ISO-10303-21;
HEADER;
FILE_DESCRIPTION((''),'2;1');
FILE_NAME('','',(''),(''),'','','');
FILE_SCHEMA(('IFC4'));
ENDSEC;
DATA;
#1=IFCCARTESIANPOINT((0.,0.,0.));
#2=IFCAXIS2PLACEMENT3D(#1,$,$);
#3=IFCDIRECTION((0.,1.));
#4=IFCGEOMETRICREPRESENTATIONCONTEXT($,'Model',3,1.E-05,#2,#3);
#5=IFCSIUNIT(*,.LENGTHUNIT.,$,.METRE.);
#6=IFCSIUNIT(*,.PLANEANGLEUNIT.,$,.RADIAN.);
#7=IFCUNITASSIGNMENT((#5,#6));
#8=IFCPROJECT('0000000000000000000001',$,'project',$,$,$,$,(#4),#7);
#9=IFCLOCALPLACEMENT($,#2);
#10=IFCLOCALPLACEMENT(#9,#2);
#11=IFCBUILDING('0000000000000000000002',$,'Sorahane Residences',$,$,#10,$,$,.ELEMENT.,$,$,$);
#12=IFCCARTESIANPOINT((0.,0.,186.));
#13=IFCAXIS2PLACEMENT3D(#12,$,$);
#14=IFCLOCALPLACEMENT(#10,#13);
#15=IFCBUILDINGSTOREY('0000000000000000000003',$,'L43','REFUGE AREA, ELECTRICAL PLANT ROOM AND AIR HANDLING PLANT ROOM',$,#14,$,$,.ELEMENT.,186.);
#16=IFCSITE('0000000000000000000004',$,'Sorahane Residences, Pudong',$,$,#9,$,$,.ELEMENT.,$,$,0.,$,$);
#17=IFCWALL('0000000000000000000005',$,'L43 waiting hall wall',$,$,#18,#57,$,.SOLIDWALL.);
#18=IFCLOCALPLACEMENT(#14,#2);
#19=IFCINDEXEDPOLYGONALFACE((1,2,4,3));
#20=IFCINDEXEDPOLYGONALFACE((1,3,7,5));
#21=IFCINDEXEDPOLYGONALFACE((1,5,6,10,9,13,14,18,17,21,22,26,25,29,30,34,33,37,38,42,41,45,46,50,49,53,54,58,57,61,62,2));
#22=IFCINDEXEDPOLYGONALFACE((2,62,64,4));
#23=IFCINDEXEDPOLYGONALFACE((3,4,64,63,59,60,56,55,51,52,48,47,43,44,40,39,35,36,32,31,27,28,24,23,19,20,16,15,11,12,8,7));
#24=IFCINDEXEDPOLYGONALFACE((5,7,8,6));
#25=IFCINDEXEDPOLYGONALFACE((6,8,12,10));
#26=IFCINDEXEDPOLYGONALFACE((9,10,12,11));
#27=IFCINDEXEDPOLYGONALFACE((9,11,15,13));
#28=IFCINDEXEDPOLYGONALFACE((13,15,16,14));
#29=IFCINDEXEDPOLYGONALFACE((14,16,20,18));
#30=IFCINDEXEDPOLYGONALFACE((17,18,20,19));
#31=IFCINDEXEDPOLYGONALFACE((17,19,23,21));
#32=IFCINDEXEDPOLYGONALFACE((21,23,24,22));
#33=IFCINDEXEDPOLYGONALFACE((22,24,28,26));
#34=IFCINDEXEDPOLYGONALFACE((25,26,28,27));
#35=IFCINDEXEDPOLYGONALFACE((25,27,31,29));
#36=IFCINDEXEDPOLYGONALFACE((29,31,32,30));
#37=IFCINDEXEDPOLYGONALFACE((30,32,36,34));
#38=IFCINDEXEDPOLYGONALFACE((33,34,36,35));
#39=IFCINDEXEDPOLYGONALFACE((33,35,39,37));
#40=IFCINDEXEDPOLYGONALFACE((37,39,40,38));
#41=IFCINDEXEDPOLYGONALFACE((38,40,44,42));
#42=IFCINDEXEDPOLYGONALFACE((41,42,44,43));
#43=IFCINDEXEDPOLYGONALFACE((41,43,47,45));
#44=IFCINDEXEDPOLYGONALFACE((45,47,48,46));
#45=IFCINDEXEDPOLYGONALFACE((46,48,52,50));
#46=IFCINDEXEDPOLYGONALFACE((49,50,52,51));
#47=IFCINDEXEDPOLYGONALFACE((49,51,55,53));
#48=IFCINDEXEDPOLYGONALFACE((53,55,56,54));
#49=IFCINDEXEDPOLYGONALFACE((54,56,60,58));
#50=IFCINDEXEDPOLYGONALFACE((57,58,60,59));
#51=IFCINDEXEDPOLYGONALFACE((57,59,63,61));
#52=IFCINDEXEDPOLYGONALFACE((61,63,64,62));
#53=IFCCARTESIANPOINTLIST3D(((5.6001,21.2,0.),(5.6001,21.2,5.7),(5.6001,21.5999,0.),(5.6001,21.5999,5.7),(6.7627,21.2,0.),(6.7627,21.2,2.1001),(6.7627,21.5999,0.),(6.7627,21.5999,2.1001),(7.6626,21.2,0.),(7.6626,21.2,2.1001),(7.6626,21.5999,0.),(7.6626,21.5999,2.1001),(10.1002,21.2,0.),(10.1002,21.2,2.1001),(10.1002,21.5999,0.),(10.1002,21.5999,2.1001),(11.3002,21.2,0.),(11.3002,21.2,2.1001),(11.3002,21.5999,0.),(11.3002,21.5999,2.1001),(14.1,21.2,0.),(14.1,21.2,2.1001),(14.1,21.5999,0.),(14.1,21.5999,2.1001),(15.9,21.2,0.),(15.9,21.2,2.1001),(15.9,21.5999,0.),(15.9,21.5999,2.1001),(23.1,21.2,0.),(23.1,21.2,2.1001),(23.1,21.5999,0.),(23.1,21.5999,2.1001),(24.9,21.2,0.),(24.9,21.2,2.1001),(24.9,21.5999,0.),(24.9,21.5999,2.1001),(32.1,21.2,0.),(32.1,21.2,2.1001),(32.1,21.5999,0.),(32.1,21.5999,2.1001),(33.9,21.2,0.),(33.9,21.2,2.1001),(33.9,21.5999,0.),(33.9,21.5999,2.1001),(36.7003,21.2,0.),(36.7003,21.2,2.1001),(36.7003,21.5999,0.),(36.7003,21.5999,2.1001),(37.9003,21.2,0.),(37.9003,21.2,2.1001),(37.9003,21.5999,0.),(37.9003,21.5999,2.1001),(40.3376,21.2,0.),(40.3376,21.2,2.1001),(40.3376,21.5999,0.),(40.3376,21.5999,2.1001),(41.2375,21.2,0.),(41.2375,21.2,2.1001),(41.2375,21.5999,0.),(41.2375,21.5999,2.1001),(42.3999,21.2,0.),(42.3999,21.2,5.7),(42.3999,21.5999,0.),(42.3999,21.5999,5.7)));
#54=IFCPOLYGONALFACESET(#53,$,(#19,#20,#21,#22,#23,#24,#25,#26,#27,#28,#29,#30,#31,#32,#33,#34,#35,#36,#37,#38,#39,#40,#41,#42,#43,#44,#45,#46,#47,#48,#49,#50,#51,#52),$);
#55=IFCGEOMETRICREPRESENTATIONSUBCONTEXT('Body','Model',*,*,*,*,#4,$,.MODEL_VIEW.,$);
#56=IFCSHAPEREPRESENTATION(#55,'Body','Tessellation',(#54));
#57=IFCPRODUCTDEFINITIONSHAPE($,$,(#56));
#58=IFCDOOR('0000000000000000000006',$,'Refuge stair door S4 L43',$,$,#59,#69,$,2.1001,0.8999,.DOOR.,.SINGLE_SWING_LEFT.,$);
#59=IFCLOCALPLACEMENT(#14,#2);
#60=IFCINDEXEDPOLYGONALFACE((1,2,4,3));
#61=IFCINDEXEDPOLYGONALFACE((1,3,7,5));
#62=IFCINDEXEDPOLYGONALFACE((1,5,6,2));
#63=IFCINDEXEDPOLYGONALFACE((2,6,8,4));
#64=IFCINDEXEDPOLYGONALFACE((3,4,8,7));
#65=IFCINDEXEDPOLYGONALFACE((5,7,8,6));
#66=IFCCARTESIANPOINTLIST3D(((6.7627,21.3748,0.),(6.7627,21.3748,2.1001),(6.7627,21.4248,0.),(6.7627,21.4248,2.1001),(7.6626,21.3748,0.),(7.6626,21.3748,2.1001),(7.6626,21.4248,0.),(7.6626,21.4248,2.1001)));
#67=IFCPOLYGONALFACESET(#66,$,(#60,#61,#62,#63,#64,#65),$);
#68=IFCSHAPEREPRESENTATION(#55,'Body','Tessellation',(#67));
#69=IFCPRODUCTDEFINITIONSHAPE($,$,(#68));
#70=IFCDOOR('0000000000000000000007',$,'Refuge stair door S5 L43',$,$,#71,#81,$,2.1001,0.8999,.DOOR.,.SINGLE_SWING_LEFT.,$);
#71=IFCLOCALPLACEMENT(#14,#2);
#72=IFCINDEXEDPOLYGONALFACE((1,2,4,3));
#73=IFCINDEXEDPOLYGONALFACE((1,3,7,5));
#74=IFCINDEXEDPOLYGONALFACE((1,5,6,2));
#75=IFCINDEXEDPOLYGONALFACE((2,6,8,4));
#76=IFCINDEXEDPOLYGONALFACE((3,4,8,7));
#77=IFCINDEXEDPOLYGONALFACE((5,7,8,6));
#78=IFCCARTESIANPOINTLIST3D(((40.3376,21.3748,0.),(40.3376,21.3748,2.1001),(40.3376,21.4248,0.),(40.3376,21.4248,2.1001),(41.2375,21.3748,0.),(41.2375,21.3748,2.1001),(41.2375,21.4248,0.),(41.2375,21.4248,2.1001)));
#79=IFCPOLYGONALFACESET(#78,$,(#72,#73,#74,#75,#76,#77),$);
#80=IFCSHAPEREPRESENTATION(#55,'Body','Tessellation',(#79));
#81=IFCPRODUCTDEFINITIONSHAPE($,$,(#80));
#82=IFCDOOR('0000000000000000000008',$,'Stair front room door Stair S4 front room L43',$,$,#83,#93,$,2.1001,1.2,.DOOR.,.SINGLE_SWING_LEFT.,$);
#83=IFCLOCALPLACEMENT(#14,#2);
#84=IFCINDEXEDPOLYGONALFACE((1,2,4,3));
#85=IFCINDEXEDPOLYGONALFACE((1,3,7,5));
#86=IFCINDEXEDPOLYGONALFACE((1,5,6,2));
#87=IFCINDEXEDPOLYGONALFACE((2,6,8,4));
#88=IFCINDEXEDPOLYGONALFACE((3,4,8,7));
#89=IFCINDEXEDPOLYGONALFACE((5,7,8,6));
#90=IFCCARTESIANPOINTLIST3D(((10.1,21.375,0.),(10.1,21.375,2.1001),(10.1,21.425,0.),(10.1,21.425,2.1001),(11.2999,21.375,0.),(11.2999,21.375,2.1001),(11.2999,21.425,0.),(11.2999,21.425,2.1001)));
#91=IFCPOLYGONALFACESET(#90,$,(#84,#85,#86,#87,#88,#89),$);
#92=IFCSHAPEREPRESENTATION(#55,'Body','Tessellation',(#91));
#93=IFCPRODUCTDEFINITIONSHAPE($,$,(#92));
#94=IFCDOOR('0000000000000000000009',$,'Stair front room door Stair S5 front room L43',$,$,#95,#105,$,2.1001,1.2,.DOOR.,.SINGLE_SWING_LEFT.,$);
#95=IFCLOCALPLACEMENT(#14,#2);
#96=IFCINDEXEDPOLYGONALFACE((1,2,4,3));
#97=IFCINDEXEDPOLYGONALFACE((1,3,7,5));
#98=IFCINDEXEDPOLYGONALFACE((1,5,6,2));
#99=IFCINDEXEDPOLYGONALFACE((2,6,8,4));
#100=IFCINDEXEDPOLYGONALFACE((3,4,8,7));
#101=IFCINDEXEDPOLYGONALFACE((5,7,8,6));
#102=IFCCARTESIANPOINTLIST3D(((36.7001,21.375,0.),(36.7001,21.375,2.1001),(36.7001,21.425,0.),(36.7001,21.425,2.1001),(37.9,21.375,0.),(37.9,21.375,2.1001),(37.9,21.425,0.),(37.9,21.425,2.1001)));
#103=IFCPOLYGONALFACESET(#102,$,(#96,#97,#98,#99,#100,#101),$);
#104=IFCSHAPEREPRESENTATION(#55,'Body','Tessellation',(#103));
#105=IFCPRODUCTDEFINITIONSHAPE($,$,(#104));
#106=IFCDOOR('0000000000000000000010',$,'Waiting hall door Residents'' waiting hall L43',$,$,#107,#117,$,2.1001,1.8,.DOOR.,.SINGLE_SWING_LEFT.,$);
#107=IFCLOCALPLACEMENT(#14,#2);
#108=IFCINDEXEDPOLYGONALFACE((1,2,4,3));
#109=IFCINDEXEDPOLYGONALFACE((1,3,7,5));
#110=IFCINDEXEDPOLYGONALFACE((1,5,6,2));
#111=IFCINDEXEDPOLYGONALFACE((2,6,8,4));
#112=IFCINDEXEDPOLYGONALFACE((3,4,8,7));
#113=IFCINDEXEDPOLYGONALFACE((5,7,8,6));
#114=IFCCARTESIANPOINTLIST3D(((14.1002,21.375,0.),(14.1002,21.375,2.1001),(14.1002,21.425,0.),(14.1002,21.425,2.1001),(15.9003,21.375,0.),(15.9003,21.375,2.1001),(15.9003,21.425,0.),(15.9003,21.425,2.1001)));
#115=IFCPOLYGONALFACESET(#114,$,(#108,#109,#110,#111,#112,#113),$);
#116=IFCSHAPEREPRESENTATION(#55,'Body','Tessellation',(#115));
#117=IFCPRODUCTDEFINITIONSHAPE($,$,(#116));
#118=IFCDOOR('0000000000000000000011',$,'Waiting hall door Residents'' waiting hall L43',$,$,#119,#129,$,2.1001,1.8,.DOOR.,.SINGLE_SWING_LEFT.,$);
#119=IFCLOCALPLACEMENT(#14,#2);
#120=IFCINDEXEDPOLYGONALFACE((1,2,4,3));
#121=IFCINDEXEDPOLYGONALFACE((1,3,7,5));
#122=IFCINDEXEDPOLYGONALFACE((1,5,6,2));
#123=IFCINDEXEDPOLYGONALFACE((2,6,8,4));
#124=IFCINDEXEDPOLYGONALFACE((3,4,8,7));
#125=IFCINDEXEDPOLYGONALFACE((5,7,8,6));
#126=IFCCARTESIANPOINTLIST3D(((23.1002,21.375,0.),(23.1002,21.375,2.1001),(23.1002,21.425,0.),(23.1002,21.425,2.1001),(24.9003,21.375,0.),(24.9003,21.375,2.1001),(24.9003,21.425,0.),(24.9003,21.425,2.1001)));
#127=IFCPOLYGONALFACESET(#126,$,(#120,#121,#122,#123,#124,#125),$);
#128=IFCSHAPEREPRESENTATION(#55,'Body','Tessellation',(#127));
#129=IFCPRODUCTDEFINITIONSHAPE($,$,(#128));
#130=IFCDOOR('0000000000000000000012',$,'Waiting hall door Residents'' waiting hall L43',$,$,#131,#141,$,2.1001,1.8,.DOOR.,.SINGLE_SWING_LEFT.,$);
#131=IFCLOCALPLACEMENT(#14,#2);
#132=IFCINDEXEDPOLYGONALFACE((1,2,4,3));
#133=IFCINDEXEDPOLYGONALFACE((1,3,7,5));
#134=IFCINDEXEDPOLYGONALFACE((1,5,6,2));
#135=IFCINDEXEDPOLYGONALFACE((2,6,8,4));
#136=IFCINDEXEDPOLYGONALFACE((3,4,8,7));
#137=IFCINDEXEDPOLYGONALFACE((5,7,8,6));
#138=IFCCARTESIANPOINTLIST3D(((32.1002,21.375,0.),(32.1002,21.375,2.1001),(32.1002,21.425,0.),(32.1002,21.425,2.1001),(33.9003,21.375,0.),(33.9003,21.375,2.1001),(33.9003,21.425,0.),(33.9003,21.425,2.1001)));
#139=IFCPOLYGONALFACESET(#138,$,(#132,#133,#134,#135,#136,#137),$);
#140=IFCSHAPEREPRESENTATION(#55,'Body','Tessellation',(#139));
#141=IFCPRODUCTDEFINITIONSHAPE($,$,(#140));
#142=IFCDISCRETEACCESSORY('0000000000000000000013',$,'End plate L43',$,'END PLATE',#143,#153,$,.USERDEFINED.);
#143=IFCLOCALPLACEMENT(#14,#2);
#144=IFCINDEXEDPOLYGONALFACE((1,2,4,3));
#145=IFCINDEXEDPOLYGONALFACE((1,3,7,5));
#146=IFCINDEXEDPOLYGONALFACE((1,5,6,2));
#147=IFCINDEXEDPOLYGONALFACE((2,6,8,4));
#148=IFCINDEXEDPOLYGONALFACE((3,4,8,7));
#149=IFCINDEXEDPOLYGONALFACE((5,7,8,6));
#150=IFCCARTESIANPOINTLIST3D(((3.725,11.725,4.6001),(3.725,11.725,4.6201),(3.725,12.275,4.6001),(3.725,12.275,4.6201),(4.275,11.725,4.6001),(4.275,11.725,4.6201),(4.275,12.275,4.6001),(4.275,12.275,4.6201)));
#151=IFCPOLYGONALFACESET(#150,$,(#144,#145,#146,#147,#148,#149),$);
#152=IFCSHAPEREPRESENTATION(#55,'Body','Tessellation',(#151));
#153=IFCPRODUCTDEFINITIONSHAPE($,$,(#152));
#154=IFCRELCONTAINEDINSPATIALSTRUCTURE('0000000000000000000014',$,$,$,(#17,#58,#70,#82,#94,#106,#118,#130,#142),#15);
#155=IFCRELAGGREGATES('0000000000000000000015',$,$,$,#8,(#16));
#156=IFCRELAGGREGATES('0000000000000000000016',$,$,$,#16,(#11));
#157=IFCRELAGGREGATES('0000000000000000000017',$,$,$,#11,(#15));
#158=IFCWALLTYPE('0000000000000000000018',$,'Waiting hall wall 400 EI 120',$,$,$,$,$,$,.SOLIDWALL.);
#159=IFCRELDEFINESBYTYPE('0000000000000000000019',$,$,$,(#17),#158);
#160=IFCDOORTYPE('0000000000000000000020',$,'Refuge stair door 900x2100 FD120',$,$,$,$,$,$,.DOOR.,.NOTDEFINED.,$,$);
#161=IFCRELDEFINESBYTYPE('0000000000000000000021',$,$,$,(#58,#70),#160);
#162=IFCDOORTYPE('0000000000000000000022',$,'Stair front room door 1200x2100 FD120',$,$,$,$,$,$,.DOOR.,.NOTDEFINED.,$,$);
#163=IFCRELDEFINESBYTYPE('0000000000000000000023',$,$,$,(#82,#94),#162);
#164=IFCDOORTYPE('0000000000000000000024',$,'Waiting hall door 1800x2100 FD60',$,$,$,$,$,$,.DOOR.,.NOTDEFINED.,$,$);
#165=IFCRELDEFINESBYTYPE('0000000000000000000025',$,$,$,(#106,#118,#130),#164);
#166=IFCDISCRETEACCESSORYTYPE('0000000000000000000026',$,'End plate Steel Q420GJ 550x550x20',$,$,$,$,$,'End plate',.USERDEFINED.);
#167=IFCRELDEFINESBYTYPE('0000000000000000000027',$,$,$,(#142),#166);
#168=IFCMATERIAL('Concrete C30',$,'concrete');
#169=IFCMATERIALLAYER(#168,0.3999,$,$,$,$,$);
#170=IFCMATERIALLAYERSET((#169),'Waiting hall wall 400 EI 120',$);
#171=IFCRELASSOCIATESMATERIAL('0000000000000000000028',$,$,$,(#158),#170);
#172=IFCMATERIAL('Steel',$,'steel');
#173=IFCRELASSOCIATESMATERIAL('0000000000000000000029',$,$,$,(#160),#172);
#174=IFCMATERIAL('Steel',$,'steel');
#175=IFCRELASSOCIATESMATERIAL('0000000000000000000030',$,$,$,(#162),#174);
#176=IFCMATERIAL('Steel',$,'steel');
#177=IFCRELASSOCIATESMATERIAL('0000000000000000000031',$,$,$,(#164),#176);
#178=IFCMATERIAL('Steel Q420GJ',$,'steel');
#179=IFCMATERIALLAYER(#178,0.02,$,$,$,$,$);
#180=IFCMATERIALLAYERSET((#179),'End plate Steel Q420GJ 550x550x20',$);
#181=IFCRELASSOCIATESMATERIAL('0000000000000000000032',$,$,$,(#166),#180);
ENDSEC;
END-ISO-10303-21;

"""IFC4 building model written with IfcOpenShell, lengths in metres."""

from ifc_helpers import new_model, si_unit, direction, frame, frame_2d, origin, origin_2d, place, context, subcontext, project, spatial, rectangle, extrude, material, layer, layer_set, type_object, element, fill, save


model = new_model("IFC4")

# Units and contexts
model_context = context("Model", 3, precision=1e-05, world=origin(), true_north=direction((0.0, 1.0)))
body_context = subcontext(model_context, "Body", "Model", "MODEL_VIEW")
ifc_project = project(units=[si_unit("LENGTHUNIT", "METRE"), si_unit("PLANEANGLEUNIT", "RADIAN")], contexts=[model_context])

# Site, building, storey
site_placement = place(None, origin())
site = spatial("IfcSite", under=ifc_project, at=site_placement, Name="Sorahane Residences, Pudong", CompositionType="ELEMENT", RefElevation=0.0)
building_placement = place(site_placement, origin())
building = spatial("IfcBuilding", under=site, at=building_placement, Name="Sorahane Residences", CompositionType="ELEMENT")
storey_placement = place(building_placement, frame((0.0, 0.0, 186.0)))
storey = spatial("IfcBuildingStorey", under=building, at=storey_placement, Name="L43", Description="REFUGE AREA, ELECTRICAL PLANT ROOM AND AIR HANDLING PLANT ROOM", CompositionType="ELEMENT", Elevation=186.0)

# Wall, openings, doors
ifc_material_1 = material(Name="Concrete C30", Category="concrete")
ifc_layer_1 = layer(ifc_material_1, 0.3999)
ifc_layer_set_1 = layer_set([ifc_layer_1], Name="Waiting hall wall 400 EI 120")
wall_type_1 = type_object("IfcWallType", Name="Waiting hall wall 400 EI 120", PredefinedType="SOLIDWALL", material=ifc_layer_set_1)
wall_1_placement = place(storey_placement, frame((5.6001, 21.3999, 0.0), z_axis=(0.0, 0.0, 1.0), x_axis=(1.0, 0.0, 0.0)))
wall_1 = element("IfcWall", 1, at=wall_1_placement, inside=storey, type_object=wall_type_1, Name="L43 waiting hall wall", PredefinedType="SOLIDWALL", context=body_context, shape_type="SweptSolid", body=[
    extrude(rectangle(XDim=36.7998, YDim=0.3999, at=frame_2d((18.3999, 0.0))), origin(), (0.0, 0.0, 1.0), 5.7),
])
opening_1_placement = place(wall_1_placement, frame((8.5, 0.0, 0.0)))
opening_1 = element("IfcOpeningElement", 2, at=opening_1_placement, cuts=wall_1, PredefinedType="OPENING", context=body_context, shape_type="SweptSolid", body=[
    extrude(rectangle(XDim=1.8, YDim=2.1001, at=frame_2d((0.8999, 1.05))), frame((0.0, 0.21, 0.0), z_axis=(0.0, -1.0, 0.0), x_axis=(1.0, 0.0, 0.0)), (0.0, 0.0, 1.0), 0.4199),
])
opening_2_placement = place(wall_1_placement, frame((17.5, 0.0, 0.0)))
opening_2 = element("IfcOpeningElement", 3, at=opening_2_placement, cuts=wall_1, PredefinedType="OPENING", context=body_context, shape_type="SweptSolid", body=[
    extrude(rectangle(XDim=1.8, YDim=2.1001, at=frame_2d((0.8999, 1.05))), frame((0.0, 0.21, 0.0), z_axis=(0.0, -1.0, 0.0), x_axis=(1.0, 0.0, 0.0)), (0.0, 0.0, 1.0), 0.4199),
])
opening_3_placement = place(wall_1_placement, frame((26.5, 0.0, 0.0)))
opening_3 = element("IfcOpeningElement", 4, at=opening_3_placement, cuts=wall_1, PredefinedType="OPENING", context=body_context, shape_type="SweptSolid", body=[
    extrude(rectangle(XDim=1.8, YDim=2.1001, at=frame_2d((0.8999, 1.05))), frame((0.0, 0.21, 0.0), z_axis=(0.0, -1.0, 0.0), x_axis=(1.0, 0.0, 0.0)), (0.0, 0.0, 1.0), 0.4199),
])
opening_4_placement = place(wall_1_placement, frame((4.5, 0.0, 0.0)))
opening_4 = element("IfcOpeningElement", 5, at=opening_4_placement, cuts=wall_1, PredefinedType="OPENING", context=body_context, shape_type="SweptSolid", body=[
    extrude(rectangle(XDim=1.2, YDim=2.1001, at=frame_2d((0.6001, 1.05))), frame((0.0, 0.21, 0.0), z_axis=(0.0, -1.0, 0.0), x_axis=(1.0, 0.0, 0.0)), (0.0, 0.0, 1.0), 0.4199),
])
opening_5_placement = place(wall_1_placement, frame((31.1001, 0.0, 0.0)))
opening_5 = element("IfcOpeningElement", 6, at=opening_5_placement, cuts=wall_1, PredefinedType="OPENING", context=body_context, shape_type="SweptSolid", body=[
    extrude(rectangle(XDim=1.2, YDim=2.1001, at=frame_2d((0.6001, 1.05))), frame((0.0, 0.21, 0.0), z_axis=(0.0, -1.0, 0.0), x_axis=(1.0, 0.0, 0.0)), (0.0, 0.0, 1.0), 0.4199),
])
opening_6_placement = place(wall_1_placement, frame((1.1626, 0.0, 0.0)))
opening_6 = element("IfcOpeningElement", 7, at=opening_6_placement, cuts=wall_1, PredefinedType="OPENING", context=body_context, shape_type="SweptSolid", body=[
    extrude(rectangle(XDim=0.8999, YDim=2.1001, at=frame_2d((0.45, 1.05))), frame((0.0, 0.21, 0.0), z_axis=(0.0, -1.0, 0.0), x_axis=(1.0, 0.0, 0.0)), (0.0, 0.0, 1.0), 0.4199),
])
opening_7_placement = place(wall_1_placement, frame((34.7375, 0.0, 0.0)))
opening_7 = element("IfcOpeningElement", 8, at=opening_7_placement, cuts=wall_1, PredefinedType="OPENING", context=body_context, shape_type="SweptSolid", body=[
    extrude(rectangle(XDim=0.8999, YDim=2.1001, at=frame_2d((0.45, 1.05))), frame((0.0, 0.21, 0.0), z_axis=(0.0, -1.0, 0.0), x_axis=(1.0, 0.0, 0.0)), (0.0, 0.0, 1.0), 0.4199),
])
ifc_material_2 = material(Name="Steel", Category="steel")
door_type_1 = type_object("IfcDoorType", Name="Refuge stair door 900x2100 FD120", OperationType="NOTDEFINED", PredefinedType="DOOR", material=ifc_material_2)
door_1_placement = place(opening_6_placement, origin())
door_1 = element("IfcDoor", 9, at=door_1_placement, inside=storey, type_object=door_type_1, Name="Refuge stair door S4 L43", OperationType="SINGLE_SWING_LEFT", OverallHeight=2.1001, OverallWidth=0.8999, PredefinedType="DOOR", context=body_context, shape_type="SweptSolid", body=[
    extrude(rectangle(XDim=0.8999, YDim=2.1001, at=frame_2d((0.45, 1.05))), frame((0.0, 0.0249, 0.0), z_axis=(0.0, -1.0, 0.0), x_axis=(1.0, 0.0, 0.0)), (0.0, 0.0, 1.0), 0.05),
])
fill(opening_6, door_1)
door_2_placement = place(opening_7_placement, origin())
door_2 = element("IfcDoor", 10, at=door_2_placement, inside=storey, type_object=door_type_1, Name="Refuge stair door S5 L43", OperationType="SINGLE_SWING_LEFT", OverallHeight=2.1001, OverallWidth=0.8999, PredefinedType="DOOR", context=body_context, shape_type="SweptSolid", body=[
    extrude(rectangle(XDim=0.8999, YDim=2.1001, at=frame_2d((0.45, 1.05))), frame((0.0, 0.0249, 0.0), z_axis=(0.0, -1.0, 0.0), x_axis=(1.0, 0.0, 0.0)), (0.0, 0.0, 1.0), 0.05),
])
fill(opening_7, door_2)
ifc_material_3 = material(Name="Steel", Category="steel")
door_type_2 = type_object("IfcDoorType", Name="Stair front room door 1200x2100 FD120", OperationType="NOTDEFINED", PredefinedType="DOOR", material=ifc_material_3)
door_3_placement = place(opening_4_placement, frame((1.2, 0.0, 0.0), z_axis=(0.0, 0.0, 1.0), x_axis=(-1.0, 0.0, 0.0)))
door_3 = element("IfcDoor", 11, at=door_3_placement, inside=storey, type_object=door_type_2, Name="Stair front room door Stair S4 front room L43", OperationType="SINGLE_SWING_LEFT", OverallHeight=2.1001, OverallWidth=1.2, PredefinedType="DOOR", context=body_context, shape_type="SweptSolid", body=[
    extrude(rectangle(XDim=1.2, YDim=2.1001, at=frame_2d((0.6001, 1.05))), frame((0.0, 0.0249, 0.0), z_axis=(0.0, -1.0, 0.0), x_axis=(1.0, 0.0, 0.0)), (0.0, 0.0, 1.0), 0.05),
])
fill(opening_4, door_3)
door_4_placement = place(opening_5_placement, frame((1.2, 0.0, 0.0), z_axis=(0.0, 0.0, 1.0), x_axis=(-1.0, 0.0, 0.0)))
door_4 = element("IfcDoor", 12, at=door_4_placement, inside=storey, type_object=door_type_2, Name="Stair front room door Stair S5 front room L43", OperationType="SINGLE_SWING_LEFT", OverallHeight=2.1001, OverallWidth=1.2, PredefinedType="DOOR", context=body_context, shape_type="SweptSolid", body=[
    extrude(rectangle(XDim=1.2, YDim=2.1001, at=frame_2d((0.6001, 1.05))), frame((0.0, 0.0249, 0.0), z_axis=(0.0, -1.0, 0.0), x_axis=(1.0, 0.0, 0.0)), (0.0, 0.0, 1.0), 0.05),
])
fill(opening_5, door_4)
ifc_material_4 = material(Name="Steel", Category="steel")
door_type_3 = type_object("IfcDoorType", Name="Waiting hall door 1800x2100 FD60", OperationType="NOTDEFINED", PredefinedType="DOOR", material=ifc_material_4)
door_5_placement = place(opening_1_placement, frame((1.8, 0.0, 0.0), z_axis=(0.0, 0.0, 1.0), x_axis=(-1.0, 0.0, 0.0)))
door_5 = element("IfcDoor", 13, at=door_5_placement, inside=storey, type_object=door_type_3, Name="Waiting hall door Residents' waiting hall L43", OperationType="SINGLE_SWING_LEFT", OverallHeight=2.1001, OverallWidth=1.8, PredefinedType="DOOR", context=body_context, shape_type="SweptSolid", body=[
    extrude(rectangle(XDim=1.8, YDim=2.1001, at=frame_2d((0.8999, 1.05))), frame((0.0, 0.0249, 0.0), z_axis=(0.0, -1.0, 0.0), x_axis=(1.0, 0.0, 0.0)), (0.0, 0.0, 1.0), 0.05),
])
fill(opening_1, door_5)
door_6_placement = place(opening_2_placement, frame((1.8, 0.0, 0.0), z_axis=(0.0, 0.0, 1.0), x_axis=(-1.0, 0.0, 0.0)))
door_6 = element("IfcDoor", 14, at=door_6_placement, inside=storey, type_object=door_type_3, Name="Waiting hall door Residents' waiting hall L43", OperationType="SINGLE_SWING_LEFT", OverallHeight=2.1001, OverallWidth=1.8, PredefinedType="DOOR", context=body_context, shape_type="SweptSolid", body=[
    extrude(rectangle(XDim=1.8, YDim=2.1001, at=frame_2d((0.8999, 1.05))), frame((0.0, 0.0249, 0.0), z_axis=(0.0, -1.0, 0.0), x_axis=(1.0, 0.0, 0.0)), (0.0, 0.0, 1.0), 0.05),
])
fill(opening_2, door_6)
door_7_placement = place(opening_3_placement, frame((1.8, 0.0, 0.0), z_axis=(0.0, 0.0, 1.0), x_axis=(-1.0, 0.0, 0.0)))
door_7 = element("IfcDoor", 15, at=door_7_placement, inside=storey, type_object=door_type_3, Name="Waiting hall door Residents' waiting hall L43", OperationType="SINGLE_SWING_LEFT", OverallHeight=2.1001, OverallWidth=1.8, PredefinedType="DOOR", context=body_context, shape_type="SweptSolid", body=[
    extrude(rectangle(XDim=1.8, YDim=2.1001, at=frame_2d((0.8999, 1.05))), frame((0.0, 0.0249, 0.0), z_axis=(0.0, -1.0, 0.0), x_axis=(1.0, 0.0, 0.0)), (0.0, 0.0, 1.0), 0.05),
])
fill(opening_3, door_7)

# Discrete accessory
ifc_material_5 = material(Name="Steel Q420GJ", Category="steel")
ifc_layer_2 = layer(ifc_material_5, 0.02)
ifc_layer_set_2 = layer_set([ifc_layer_2], Name="End plate Steel Q420GJ 550x550x20")
discrete_accessory_type_1 = type_object("IfcDiscreteAccessoryType", Name="End plate Steel Q420GJ 550x550x20", ElementType="End plate", PredefinedType="USERDEFINED", material=ifc_layer_set_2)
discrete_accessory_1_placement = place(storey_placement, frame((4.0, 12.0, 4.6001), z_axis=(0.0, 0.0, 1.0), x_axis=(1.0, 0.0, 0.0)))
element("IfcDiscreteAccessory", 16, at=discrete_accessory_1_placement, inside=storey, type_object=discrete_accessory_type_1, Name="End plate L43", ObjectType="END PLATE", PredefinedType="USERDEFINED", context=body_context, shape_type="SweptSolid", body=[
    extrude(rectangle(XDim=0.55, YDim=0.55, at=origin_2d()), origin(), (0.0, 0.0, 1.0), 0.02),
])

save(model, "model.ifc")
